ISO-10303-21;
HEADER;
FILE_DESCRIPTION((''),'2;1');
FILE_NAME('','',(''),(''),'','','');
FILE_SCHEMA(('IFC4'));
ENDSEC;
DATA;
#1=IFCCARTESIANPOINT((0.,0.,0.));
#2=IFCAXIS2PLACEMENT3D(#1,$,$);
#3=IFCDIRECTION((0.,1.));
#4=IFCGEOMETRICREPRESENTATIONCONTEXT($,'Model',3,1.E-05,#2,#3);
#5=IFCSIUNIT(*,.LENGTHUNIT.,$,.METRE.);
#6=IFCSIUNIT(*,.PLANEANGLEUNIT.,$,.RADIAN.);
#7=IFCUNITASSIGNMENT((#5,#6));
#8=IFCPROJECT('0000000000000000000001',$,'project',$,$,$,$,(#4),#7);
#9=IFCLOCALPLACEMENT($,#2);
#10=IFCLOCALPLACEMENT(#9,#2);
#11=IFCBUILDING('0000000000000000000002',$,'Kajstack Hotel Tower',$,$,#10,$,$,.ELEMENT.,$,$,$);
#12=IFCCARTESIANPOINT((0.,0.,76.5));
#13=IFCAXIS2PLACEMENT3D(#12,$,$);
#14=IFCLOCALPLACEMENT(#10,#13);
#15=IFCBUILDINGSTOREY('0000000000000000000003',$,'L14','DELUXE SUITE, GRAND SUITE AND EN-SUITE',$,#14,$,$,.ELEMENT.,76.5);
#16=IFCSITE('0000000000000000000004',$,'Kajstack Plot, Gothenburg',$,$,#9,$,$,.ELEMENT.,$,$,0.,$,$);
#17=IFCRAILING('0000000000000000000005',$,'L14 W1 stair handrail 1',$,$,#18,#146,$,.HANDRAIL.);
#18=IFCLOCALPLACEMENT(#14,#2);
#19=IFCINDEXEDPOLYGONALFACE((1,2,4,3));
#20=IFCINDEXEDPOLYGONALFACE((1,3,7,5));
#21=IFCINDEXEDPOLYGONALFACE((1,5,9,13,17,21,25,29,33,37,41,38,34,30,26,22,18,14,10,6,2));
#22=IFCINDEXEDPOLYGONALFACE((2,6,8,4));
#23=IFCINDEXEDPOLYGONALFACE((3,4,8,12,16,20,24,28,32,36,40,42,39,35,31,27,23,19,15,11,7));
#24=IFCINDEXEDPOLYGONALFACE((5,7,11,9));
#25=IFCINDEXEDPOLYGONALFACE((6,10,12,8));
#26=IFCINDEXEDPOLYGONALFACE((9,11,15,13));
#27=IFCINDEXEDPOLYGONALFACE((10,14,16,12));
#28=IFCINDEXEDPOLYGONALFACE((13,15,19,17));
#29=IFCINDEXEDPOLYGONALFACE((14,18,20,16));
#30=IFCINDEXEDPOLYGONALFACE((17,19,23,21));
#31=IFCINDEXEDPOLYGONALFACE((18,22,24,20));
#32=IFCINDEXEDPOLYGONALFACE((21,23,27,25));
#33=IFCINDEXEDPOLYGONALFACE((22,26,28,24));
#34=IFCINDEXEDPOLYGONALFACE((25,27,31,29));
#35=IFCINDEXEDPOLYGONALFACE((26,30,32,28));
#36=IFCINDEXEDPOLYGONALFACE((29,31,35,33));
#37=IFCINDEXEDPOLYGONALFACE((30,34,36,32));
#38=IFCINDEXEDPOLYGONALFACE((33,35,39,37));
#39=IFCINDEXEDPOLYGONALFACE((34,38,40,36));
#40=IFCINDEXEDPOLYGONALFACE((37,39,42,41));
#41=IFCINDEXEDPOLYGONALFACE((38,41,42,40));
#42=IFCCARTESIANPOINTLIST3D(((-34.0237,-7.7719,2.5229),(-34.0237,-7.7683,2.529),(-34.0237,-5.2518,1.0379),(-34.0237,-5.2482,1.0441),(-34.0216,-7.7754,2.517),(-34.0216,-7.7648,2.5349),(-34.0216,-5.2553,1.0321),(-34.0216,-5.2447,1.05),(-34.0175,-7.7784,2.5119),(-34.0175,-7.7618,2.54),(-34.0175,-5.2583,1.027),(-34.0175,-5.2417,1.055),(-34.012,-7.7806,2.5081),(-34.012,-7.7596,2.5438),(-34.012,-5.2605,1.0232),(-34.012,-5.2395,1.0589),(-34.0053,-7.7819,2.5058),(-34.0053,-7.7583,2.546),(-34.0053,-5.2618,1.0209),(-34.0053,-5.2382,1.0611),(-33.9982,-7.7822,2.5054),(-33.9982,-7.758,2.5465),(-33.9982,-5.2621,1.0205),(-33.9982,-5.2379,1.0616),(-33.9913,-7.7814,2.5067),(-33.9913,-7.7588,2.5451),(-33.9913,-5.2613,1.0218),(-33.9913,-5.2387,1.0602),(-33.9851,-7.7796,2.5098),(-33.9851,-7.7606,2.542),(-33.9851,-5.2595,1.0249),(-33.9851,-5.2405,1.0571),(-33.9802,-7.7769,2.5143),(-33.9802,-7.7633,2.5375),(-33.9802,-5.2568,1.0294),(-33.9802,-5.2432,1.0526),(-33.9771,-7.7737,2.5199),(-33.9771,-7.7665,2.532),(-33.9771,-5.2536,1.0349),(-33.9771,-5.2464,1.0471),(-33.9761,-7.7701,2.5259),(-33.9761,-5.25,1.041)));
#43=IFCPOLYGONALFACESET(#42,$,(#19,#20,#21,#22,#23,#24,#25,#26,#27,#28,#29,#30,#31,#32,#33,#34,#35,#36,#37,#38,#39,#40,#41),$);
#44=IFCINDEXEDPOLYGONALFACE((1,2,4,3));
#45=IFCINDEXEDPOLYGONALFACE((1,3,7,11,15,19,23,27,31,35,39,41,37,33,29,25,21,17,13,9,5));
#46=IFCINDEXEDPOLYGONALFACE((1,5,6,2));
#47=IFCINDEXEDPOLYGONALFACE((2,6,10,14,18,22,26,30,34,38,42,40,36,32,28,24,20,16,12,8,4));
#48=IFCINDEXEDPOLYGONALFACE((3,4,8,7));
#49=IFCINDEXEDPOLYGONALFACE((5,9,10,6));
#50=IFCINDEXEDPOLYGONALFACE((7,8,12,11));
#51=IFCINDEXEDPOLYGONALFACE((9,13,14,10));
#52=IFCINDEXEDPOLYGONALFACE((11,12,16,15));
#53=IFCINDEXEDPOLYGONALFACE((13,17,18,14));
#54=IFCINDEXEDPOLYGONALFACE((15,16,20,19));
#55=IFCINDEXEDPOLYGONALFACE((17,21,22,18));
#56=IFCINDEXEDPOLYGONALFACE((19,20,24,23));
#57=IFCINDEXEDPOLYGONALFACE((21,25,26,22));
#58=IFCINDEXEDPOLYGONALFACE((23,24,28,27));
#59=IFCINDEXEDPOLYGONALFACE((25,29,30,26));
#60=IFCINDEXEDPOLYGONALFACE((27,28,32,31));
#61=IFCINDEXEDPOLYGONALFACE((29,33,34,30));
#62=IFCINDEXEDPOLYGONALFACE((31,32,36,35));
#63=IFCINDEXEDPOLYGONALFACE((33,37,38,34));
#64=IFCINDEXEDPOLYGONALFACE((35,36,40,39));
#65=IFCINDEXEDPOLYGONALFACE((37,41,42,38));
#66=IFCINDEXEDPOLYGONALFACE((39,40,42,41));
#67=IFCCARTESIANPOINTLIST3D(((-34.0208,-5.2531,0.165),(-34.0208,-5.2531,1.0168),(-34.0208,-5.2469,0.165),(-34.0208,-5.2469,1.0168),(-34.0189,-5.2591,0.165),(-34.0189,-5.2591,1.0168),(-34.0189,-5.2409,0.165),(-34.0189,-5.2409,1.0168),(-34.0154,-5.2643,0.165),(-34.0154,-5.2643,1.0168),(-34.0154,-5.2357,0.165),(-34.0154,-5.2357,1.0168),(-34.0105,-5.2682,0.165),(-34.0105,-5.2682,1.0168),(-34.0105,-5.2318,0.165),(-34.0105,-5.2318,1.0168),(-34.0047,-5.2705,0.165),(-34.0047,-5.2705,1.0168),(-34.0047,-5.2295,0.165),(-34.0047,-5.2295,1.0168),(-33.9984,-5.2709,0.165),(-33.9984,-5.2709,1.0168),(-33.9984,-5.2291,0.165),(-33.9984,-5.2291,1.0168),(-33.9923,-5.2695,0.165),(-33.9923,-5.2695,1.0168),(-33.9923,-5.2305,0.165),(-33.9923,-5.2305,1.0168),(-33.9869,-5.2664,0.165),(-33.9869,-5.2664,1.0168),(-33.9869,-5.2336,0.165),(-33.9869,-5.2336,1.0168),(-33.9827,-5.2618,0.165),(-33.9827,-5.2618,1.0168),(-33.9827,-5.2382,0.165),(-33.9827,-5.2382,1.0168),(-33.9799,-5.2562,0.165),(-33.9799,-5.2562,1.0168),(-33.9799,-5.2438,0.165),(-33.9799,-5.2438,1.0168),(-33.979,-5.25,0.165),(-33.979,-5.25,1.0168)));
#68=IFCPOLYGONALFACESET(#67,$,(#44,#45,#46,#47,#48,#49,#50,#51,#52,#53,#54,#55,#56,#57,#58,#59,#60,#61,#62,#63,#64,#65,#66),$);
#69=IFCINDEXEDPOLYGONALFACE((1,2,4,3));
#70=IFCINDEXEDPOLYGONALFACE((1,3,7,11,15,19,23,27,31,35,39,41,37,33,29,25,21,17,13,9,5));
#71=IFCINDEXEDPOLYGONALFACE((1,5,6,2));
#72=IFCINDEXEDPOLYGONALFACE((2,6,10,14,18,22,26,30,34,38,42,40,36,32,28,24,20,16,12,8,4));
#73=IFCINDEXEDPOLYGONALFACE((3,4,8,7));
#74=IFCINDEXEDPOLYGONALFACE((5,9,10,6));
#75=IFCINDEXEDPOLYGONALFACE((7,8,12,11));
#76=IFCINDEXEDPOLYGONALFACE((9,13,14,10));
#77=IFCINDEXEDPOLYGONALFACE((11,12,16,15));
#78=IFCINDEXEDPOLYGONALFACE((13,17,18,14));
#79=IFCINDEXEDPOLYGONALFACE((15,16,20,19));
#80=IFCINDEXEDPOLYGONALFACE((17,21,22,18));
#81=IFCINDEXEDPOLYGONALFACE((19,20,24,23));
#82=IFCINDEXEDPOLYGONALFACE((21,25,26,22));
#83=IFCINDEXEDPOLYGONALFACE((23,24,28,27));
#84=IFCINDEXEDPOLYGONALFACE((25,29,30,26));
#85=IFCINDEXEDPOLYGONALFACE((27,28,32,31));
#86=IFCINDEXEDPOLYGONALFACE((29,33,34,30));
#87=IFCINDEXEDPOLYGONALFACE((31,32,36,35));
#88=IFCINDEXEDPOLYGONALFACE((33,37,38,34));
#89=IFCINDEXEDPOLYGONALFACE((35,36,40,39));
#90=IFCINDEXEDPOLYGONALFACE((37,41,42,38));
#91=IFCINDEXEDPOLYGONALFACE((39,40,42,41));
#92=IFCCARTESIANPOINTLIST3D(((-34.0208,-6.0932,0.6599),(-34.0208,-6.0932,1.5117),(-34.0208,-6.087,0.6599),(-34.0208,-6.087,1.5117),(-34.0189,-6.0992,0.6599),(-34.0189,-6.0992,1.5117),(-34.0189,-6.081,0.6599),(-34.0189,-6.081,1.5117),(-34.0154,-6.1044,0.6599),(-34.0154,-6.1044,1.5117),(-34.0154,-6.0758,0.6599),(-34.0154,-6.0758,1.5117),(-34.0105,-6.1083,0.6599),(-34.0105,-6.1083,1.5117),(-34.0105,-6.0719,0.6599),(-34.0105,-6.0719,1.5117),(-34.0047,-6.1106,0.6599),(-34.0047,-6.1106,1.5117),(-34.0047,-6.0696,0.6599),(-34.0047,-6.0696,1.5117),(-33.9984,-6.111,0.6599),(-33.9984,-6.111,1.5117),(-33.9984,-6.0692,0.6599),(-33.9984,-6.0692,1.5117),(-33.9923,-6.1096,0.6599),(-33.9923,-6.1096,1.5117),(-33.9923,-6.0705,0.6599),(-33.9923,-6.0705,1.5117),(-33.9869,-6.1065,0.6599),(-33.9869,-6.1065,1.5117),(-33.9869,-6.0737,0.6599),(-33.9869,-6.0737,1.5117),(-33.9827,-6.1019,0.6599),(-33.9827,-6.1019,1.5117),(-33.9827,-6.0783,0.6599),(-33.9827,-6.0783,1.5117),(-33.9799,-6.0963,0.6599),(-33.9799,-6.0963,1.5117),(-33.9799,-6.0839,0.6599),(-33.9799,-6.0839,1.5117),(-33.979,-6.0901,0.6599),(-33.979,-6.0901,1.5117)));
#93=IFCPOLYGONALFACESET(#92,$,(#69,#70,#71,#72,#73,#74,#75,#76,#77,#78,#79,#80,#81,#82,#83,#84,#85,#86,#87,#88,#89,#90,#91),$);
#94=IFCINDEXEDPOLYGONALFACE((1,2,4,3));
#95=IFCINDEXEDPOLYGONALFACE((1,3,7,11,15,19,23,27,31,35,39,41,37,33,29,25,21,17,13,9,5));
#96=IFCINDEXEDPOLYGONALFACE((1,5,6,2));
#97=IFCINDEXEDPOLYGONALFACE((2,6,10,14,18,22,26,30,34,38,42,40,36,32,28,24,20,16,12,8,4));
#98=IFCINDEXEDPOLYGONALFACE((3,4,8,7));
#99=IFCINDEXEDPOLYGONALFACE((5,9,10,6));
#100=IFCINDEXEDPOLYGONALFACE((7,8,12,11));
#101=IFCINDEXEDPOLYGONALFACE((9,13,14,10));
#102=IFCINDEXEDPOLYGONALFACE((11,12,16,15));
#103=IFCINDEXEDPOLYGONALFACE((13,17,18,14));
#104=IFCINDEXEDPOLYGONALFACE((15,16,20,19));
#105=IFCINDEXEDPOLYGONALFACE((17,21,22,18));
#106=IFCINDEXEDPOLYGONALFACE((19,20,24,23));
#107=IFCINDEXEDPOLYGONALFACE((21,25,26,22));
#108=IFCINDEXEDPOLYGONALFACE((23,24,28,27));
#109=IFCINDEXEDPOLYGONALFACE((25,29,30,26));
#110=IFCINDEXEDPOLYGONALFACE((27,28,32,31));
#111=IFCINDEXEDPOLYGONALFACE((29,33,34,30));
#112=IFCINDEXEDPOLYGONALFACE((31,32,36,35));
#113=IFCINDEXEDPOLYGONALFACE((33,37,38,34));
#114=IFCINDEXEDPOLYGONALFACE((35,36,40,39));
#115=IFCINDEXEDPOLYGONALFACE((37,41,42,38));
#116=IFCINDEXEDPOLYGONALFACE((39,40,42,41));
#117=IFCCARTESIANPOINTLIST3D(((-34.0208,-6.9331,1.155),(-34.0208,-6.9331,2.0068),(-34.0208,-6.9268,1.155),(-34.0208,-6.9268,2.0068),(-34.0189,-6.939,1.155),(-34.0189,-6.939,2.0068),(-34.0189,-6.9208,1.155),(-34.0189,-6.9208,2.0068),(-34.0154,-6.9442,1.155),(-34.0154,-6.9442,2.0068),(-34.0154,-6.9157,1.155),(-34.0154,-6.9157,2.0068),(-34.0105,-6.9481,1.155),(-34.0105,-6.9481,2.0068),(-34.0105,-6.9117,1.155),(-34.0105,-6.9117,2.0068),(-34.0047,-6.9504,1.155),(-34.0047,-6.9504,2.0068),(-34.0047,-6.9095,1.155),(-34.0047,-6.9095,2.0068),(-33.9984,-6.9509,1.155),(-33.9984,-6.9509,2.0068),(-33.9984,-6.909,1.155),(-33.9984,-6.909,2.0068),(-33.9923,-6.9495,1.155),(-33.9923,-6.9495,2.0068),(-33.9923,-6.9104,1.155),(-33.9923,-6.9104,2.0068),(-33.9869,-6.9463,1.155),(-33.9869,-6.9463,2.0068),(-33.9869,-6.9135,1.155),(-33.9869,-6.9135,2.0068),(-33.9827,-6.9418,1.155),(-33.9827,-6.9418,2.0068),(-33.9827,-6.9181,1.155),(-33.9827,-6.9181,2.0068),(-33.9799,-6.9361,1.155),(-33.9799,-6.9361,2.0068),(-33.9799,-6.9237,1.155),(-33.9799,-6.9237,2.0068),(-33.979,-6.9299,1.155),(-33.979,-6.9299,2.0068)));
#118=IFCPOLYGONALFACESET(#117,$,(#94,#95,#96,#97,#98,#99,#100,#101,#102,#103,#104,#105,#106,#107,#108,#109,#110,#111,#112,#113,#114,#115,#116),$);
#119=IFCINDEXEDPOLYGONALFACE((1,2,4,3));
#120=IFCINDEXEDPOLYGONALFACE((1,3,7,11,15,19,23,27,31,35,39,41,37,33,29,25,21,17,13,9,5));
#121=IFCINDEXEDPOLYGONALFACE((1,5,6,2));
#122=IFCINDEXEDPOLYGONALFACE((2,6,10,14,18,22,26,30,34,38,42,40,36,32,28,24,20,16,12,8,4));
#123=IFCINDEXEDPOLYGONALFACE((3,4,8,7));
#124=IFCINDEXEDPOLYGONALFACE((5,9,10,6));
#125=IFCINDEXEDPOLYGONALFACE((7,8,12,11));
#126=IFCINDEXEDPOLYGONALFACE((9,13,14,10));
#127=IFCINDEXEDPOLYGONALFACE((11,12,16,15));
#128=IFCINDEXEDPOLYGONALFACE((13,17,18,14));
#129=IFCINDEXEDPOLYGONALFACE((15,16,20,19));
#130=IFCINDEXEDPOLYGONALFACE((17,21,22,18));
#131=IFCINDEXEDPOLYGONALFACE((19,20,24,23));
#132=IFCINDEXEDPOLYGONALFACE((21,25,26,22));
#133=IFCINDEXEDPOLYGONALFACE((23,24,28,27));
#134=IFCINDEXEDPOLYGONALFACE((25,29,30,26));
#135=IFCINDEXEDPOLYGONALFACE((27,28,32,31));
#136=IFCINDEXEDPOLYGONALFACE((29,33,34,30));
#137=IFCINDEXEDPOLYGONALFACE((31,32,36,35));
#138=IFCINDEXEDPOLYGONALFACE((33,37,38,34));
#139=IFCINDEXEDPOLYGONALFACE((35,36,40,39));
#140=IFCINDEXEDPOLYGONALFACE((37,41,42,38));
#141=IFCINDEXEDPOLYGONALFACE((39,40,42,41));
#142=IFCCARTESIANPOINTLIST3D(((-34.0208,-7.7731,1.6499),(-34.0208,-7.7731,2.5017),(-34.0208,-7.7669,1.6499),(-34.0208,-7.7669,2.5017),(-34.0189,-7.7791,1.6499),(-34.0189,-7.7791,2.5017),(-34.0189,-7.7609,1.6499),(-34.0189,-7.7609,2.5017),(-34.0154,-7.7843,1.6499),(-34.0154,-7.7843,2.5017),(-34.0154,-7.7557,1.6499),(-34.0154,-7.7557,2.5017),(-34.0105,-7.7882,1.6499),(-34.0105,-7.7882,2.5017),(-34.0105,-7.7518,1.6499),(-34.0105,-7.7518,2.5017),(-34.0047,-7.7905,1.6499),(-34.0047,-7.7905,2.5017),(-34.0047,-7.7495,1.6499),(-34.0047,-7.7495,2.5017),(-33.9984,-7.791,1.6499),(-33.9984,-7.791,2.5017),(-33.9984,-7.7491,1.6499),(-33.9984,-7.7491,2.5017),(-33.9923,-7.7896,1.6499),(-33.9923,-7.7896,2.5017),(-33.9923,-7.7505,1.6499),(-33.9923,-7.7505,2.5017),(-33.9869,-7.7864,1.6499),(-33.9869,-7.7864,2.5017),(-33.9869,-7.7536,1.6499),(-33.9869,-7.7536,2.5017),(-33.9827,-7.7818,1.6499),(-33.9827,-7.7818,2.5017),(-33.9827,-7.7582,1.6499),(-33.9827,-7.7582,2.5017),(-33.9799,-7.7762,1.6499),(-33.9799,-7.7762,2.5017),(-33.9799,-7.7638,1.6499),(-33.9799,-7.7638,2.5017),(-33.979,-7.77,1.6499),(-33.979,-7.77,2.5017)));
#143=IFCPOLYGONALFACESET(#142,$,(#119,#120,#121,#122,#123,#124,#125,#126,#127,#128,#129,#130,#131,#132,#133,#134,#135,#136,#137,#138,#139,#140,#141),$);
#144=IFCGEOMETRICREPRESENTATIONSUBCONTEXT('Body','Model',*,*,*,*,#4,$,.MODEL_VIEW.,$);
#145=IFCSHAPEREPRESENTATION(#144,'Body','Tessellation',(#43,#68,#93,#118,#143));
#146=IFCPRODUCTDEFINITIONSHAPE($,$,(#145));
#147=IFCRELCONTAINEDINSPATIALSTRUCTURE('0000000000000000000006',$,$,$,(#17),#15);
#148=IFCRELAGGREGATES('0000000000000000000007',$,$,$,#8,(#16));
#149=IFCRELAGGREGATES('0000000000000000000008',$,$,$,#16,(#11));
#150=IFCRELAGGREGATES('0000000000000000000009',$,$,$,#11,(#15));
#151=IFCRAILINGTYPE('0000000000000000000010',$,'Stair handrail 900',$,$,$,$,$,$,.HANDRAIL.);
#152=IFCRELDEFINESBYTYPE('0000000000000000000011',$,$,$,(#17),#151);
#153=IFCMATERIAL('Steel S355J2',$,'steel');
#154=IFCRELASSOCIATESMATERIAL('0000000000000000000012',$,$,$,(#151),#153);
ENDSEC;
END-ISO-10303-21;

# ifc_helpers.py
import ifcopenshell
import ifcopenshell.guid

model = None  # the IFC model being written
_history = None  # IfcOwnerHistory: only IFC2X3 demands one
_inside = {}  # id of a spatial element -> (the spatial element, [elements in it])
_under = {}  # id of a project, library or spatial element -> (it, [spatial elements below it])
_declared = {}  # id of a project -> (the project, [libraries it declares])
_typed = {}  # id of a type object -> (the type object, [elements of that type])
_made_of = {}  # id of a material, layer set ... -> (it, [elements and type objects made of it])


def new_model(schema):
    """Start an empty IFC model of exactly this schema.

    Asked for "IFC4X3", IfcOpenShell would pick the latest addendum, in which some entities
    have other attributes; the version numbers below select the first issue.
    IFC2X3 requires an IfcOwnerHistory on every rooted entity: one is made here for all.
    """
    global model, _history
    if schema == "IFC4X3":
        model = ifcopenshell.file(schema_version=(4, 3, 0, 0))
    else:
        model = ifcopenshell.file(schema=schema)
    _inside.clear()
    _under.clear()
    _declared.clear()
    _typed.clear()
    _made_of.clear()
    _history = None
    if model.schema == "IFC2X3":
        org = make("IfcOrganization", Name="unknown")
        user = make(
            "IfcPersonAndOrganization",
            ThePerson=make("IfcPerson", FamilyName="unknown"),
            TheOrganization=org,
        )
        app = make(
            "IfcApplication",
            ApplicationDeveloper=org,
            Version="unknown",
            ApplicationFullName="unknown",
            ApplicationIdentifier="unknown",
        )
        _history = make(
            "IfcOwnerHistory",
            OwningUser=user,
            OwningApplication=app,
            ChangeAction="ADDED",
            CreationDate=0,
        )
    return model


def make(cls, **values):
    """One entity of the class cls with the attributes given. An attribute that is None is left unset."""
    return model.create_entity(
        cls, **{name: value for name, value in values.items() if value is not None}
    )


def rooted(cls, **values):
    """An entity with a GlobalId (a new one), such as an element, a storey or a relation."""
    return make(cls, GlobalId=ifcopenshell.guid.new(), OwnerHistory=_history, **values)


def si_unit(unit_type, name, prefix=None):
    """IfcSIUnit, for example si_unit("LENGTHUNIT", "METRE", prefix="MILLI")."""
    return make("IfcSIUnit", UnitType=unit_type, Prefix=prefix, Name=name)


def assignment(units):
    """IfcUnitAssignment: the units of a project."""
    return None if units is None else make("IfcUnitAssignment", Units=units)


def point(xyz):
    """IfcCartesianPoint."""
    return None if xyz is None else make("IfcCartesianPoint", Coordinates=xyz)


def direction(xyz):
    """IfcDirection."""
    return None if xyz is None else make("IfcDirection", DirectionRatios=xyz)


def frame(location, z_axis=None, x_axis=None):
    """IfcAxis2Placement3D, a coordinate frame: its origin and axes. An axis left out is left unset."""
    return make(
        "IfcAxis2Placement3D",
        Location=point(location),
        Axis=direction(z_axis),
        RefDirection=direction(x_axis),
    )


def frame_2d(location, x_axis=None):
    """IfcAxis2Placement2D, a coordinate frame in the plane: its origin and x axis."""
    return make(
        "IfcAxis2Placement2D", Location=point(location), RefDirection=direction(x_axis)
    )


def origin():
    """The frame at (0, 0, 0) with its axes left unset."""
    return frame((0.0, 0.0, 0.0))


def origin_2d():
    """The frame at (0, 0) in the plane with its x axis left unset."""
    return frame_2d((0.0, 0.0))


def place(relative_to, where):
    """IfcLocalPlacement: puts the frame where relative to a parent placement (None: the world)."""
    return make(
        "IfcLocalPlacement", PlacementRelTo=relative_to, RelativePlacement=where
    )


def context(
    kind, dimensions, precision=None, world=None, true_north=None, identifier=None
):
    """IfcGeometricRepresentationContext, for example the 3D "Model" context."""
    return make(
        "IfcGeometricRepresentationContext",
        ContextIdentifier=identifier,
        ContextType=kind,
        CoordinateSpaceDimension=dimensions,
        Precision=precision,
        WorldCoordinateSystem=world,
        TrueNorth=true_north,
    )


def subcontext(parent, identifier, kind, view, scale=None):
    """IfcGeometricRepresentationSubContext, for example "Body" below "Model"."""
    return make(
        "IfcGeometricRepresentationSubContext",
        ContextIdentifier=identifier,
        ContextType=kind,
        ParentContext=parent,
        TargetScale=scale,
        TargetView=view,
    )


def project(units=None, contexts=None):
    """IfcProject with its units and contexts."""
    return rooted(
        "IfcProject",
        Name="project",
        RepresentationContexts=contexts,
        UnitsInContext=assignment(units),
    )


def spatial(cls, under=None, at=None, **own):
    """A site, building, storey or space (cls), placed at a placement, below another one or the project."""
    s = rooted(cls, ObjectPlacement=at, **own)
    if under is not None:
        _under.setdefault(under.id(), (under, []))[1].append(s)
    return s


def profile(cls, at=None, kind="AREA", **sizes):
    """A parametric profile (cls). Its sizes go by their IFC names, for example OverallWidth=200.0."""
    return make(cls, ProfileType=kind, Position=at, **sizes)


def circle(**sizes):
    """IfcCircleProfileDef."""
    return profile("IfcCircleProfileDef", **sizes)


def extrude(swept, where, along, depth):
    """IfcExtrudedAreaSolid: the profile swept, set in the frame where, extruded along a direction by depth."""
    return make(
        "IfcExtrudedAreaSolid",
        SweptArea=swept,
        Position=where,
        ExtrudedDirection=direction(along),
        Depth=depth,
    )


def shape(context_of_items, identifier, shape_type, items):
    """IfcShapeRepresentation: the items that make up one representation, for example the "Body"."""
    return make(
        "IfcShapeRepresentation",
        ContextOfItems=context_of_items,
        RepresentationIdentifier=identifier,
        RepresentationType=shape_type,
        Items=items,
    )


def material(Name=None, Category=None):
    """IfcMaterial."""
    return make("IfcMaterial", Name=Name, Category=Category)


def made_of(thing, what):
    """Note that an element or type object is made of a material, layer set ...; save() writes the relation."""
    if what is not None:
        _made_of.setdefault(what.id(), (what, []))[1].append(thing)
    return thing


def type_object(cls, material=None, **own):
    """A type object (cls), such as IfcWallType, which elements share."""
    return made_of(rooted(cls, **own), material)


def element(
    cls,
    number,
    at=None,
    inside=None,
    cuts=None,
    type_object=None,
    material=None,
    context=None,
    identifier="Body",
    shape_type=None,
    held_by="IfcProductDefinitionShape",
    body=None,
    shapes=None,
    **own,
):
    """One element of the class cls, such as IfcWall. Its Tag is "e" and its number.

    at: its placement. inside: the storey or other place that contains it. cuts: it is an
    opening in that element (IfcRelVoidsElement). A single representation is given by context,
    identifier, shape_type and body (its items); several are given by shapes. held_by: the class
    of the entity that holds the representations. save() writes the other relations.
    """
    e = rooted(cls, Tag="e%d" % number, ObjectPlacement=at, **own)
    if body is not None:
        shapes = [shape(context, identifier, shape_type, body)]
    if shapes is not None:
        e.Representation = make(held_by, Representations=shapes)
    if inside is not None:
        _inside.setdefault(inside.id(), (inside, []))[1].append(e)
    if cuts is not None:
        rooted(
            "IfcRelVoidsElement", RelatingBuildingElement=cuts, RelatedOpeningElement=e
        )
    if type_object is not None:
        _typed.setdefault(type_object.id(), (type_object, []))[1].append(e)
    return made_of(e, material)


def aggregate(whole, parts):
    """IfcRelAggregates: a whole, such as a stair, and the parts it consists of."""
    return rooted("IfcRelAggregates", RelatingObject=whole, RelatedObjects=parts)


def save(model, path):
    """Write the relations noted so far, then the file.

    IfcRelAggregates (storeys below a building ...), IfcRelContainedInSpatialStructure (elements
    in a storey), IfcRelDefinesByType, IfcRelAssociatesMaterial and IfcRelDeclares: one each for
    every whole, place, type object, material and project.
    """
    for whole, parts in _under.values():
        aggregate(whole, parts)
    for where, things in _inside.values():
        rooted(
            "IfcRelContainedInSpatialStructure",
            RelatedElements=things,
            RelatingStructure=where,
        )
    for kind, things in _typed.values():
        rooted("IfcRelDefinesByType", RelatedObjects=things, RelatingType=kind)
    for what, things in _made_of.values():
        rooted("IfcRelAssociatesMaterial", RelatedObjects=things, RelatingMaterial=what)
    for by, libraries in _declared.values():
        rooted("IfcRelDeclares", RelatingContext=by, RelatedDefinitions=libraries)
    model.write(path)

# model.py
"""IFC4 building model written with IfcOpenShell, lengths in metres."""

from ifc_helpers import new_model, si_unit, direction, frame, origin, origin_2d, place, context, subcontext, project, spatial, circle, extrude, material, type_object, element, save


model = new_model("IFC4")

# Units and contexts
model_context = context("Model", 3, precision=1e-05, world=origin(), true_north=direction((0.0, 1.0)))
body_context = subcontext(model_context, "Body", "Model", "MODEL_VIEW")
ifc_project = project(units=[si_unit("LENGTHUNIT", "METRE"), si_unit("PLANEANGLEUNIT", "RADIAN")], contexts=[model_context])

# Site, building, storey
site_placement = place(None, origin())
site = spatial("IfcSite", under=ifc_project, at=site_placement, Name="Kajstack Plot, Gothenburg", CompositionType="ELEMENT", RefElevation=0.0)
building_placement = place(site_placement, origin())
building = spatial("IfcBuilding", under=site, at=building_placement, Name="Kajstack Hotel Tower", CompositionType="ELEMENT")
storey_placement = place(building_placement, frame((0.0, 0.0, 76.5)))
storey = spatial("IfcBuildingStorey", under=building, at=storey_placement, Name="L14", Description="DELUXE SUITE, GRAND SUITE AND EN-SUITE", CompositionType="ELEMENT", Elevation=76.5)

# Railing
ifc_material_1 = material(Name="Steel S355J2", Category="steel")
railing_type = type_object("IfcRailingType", Name="Stair handrail 900", PredefinedType="HANDRAIL", material=ifc_material_1)
railing_1_placement = place(storey_placement, frame((-34.0, -5.25, 0.165)))
element("IfcRailing", 1, at=railing_1_placement, inside=storey, type_object=railing_type, Name="L14 W1 stair handrail 1", PredefinedType="HANDRAIL", context=body_context, shape_type="SweptSolid", body=[
    extrude(circle(Radius=0.0239, at=origin_2d()), frame((0.0, 0.0, 0.876), z_axis=(0.0, -0.861561, 0.507655), x_axis=(1.0, 0.0, 0.0)), (0.0, 0.0, 1.0), 2.925),
    extrude(circle(Radius=0.021, at=origin_2d()), origin(), (0.0, 0.0, 1.0), 0.8518),
    extrude(circle(Radius=0.021, at=origin_2d()), frame((0.0, -0.8401, 0.4949)), (0.0, 0.0, 1.0), 0.8518),
    extrude(circle(Radius=0.021, at=origin_2d()), frame((0.0, -1.6799, 0.99)), (0.0, 0.0, 1.0), 0.8518),
    extrude(circle(Radius=0.021, at=origin_2d()), frame((0.0, -2.52, 1.4849)), (0.0, 0.0, 1.0), 0.8518),
])

save(model, "model.ifc")
